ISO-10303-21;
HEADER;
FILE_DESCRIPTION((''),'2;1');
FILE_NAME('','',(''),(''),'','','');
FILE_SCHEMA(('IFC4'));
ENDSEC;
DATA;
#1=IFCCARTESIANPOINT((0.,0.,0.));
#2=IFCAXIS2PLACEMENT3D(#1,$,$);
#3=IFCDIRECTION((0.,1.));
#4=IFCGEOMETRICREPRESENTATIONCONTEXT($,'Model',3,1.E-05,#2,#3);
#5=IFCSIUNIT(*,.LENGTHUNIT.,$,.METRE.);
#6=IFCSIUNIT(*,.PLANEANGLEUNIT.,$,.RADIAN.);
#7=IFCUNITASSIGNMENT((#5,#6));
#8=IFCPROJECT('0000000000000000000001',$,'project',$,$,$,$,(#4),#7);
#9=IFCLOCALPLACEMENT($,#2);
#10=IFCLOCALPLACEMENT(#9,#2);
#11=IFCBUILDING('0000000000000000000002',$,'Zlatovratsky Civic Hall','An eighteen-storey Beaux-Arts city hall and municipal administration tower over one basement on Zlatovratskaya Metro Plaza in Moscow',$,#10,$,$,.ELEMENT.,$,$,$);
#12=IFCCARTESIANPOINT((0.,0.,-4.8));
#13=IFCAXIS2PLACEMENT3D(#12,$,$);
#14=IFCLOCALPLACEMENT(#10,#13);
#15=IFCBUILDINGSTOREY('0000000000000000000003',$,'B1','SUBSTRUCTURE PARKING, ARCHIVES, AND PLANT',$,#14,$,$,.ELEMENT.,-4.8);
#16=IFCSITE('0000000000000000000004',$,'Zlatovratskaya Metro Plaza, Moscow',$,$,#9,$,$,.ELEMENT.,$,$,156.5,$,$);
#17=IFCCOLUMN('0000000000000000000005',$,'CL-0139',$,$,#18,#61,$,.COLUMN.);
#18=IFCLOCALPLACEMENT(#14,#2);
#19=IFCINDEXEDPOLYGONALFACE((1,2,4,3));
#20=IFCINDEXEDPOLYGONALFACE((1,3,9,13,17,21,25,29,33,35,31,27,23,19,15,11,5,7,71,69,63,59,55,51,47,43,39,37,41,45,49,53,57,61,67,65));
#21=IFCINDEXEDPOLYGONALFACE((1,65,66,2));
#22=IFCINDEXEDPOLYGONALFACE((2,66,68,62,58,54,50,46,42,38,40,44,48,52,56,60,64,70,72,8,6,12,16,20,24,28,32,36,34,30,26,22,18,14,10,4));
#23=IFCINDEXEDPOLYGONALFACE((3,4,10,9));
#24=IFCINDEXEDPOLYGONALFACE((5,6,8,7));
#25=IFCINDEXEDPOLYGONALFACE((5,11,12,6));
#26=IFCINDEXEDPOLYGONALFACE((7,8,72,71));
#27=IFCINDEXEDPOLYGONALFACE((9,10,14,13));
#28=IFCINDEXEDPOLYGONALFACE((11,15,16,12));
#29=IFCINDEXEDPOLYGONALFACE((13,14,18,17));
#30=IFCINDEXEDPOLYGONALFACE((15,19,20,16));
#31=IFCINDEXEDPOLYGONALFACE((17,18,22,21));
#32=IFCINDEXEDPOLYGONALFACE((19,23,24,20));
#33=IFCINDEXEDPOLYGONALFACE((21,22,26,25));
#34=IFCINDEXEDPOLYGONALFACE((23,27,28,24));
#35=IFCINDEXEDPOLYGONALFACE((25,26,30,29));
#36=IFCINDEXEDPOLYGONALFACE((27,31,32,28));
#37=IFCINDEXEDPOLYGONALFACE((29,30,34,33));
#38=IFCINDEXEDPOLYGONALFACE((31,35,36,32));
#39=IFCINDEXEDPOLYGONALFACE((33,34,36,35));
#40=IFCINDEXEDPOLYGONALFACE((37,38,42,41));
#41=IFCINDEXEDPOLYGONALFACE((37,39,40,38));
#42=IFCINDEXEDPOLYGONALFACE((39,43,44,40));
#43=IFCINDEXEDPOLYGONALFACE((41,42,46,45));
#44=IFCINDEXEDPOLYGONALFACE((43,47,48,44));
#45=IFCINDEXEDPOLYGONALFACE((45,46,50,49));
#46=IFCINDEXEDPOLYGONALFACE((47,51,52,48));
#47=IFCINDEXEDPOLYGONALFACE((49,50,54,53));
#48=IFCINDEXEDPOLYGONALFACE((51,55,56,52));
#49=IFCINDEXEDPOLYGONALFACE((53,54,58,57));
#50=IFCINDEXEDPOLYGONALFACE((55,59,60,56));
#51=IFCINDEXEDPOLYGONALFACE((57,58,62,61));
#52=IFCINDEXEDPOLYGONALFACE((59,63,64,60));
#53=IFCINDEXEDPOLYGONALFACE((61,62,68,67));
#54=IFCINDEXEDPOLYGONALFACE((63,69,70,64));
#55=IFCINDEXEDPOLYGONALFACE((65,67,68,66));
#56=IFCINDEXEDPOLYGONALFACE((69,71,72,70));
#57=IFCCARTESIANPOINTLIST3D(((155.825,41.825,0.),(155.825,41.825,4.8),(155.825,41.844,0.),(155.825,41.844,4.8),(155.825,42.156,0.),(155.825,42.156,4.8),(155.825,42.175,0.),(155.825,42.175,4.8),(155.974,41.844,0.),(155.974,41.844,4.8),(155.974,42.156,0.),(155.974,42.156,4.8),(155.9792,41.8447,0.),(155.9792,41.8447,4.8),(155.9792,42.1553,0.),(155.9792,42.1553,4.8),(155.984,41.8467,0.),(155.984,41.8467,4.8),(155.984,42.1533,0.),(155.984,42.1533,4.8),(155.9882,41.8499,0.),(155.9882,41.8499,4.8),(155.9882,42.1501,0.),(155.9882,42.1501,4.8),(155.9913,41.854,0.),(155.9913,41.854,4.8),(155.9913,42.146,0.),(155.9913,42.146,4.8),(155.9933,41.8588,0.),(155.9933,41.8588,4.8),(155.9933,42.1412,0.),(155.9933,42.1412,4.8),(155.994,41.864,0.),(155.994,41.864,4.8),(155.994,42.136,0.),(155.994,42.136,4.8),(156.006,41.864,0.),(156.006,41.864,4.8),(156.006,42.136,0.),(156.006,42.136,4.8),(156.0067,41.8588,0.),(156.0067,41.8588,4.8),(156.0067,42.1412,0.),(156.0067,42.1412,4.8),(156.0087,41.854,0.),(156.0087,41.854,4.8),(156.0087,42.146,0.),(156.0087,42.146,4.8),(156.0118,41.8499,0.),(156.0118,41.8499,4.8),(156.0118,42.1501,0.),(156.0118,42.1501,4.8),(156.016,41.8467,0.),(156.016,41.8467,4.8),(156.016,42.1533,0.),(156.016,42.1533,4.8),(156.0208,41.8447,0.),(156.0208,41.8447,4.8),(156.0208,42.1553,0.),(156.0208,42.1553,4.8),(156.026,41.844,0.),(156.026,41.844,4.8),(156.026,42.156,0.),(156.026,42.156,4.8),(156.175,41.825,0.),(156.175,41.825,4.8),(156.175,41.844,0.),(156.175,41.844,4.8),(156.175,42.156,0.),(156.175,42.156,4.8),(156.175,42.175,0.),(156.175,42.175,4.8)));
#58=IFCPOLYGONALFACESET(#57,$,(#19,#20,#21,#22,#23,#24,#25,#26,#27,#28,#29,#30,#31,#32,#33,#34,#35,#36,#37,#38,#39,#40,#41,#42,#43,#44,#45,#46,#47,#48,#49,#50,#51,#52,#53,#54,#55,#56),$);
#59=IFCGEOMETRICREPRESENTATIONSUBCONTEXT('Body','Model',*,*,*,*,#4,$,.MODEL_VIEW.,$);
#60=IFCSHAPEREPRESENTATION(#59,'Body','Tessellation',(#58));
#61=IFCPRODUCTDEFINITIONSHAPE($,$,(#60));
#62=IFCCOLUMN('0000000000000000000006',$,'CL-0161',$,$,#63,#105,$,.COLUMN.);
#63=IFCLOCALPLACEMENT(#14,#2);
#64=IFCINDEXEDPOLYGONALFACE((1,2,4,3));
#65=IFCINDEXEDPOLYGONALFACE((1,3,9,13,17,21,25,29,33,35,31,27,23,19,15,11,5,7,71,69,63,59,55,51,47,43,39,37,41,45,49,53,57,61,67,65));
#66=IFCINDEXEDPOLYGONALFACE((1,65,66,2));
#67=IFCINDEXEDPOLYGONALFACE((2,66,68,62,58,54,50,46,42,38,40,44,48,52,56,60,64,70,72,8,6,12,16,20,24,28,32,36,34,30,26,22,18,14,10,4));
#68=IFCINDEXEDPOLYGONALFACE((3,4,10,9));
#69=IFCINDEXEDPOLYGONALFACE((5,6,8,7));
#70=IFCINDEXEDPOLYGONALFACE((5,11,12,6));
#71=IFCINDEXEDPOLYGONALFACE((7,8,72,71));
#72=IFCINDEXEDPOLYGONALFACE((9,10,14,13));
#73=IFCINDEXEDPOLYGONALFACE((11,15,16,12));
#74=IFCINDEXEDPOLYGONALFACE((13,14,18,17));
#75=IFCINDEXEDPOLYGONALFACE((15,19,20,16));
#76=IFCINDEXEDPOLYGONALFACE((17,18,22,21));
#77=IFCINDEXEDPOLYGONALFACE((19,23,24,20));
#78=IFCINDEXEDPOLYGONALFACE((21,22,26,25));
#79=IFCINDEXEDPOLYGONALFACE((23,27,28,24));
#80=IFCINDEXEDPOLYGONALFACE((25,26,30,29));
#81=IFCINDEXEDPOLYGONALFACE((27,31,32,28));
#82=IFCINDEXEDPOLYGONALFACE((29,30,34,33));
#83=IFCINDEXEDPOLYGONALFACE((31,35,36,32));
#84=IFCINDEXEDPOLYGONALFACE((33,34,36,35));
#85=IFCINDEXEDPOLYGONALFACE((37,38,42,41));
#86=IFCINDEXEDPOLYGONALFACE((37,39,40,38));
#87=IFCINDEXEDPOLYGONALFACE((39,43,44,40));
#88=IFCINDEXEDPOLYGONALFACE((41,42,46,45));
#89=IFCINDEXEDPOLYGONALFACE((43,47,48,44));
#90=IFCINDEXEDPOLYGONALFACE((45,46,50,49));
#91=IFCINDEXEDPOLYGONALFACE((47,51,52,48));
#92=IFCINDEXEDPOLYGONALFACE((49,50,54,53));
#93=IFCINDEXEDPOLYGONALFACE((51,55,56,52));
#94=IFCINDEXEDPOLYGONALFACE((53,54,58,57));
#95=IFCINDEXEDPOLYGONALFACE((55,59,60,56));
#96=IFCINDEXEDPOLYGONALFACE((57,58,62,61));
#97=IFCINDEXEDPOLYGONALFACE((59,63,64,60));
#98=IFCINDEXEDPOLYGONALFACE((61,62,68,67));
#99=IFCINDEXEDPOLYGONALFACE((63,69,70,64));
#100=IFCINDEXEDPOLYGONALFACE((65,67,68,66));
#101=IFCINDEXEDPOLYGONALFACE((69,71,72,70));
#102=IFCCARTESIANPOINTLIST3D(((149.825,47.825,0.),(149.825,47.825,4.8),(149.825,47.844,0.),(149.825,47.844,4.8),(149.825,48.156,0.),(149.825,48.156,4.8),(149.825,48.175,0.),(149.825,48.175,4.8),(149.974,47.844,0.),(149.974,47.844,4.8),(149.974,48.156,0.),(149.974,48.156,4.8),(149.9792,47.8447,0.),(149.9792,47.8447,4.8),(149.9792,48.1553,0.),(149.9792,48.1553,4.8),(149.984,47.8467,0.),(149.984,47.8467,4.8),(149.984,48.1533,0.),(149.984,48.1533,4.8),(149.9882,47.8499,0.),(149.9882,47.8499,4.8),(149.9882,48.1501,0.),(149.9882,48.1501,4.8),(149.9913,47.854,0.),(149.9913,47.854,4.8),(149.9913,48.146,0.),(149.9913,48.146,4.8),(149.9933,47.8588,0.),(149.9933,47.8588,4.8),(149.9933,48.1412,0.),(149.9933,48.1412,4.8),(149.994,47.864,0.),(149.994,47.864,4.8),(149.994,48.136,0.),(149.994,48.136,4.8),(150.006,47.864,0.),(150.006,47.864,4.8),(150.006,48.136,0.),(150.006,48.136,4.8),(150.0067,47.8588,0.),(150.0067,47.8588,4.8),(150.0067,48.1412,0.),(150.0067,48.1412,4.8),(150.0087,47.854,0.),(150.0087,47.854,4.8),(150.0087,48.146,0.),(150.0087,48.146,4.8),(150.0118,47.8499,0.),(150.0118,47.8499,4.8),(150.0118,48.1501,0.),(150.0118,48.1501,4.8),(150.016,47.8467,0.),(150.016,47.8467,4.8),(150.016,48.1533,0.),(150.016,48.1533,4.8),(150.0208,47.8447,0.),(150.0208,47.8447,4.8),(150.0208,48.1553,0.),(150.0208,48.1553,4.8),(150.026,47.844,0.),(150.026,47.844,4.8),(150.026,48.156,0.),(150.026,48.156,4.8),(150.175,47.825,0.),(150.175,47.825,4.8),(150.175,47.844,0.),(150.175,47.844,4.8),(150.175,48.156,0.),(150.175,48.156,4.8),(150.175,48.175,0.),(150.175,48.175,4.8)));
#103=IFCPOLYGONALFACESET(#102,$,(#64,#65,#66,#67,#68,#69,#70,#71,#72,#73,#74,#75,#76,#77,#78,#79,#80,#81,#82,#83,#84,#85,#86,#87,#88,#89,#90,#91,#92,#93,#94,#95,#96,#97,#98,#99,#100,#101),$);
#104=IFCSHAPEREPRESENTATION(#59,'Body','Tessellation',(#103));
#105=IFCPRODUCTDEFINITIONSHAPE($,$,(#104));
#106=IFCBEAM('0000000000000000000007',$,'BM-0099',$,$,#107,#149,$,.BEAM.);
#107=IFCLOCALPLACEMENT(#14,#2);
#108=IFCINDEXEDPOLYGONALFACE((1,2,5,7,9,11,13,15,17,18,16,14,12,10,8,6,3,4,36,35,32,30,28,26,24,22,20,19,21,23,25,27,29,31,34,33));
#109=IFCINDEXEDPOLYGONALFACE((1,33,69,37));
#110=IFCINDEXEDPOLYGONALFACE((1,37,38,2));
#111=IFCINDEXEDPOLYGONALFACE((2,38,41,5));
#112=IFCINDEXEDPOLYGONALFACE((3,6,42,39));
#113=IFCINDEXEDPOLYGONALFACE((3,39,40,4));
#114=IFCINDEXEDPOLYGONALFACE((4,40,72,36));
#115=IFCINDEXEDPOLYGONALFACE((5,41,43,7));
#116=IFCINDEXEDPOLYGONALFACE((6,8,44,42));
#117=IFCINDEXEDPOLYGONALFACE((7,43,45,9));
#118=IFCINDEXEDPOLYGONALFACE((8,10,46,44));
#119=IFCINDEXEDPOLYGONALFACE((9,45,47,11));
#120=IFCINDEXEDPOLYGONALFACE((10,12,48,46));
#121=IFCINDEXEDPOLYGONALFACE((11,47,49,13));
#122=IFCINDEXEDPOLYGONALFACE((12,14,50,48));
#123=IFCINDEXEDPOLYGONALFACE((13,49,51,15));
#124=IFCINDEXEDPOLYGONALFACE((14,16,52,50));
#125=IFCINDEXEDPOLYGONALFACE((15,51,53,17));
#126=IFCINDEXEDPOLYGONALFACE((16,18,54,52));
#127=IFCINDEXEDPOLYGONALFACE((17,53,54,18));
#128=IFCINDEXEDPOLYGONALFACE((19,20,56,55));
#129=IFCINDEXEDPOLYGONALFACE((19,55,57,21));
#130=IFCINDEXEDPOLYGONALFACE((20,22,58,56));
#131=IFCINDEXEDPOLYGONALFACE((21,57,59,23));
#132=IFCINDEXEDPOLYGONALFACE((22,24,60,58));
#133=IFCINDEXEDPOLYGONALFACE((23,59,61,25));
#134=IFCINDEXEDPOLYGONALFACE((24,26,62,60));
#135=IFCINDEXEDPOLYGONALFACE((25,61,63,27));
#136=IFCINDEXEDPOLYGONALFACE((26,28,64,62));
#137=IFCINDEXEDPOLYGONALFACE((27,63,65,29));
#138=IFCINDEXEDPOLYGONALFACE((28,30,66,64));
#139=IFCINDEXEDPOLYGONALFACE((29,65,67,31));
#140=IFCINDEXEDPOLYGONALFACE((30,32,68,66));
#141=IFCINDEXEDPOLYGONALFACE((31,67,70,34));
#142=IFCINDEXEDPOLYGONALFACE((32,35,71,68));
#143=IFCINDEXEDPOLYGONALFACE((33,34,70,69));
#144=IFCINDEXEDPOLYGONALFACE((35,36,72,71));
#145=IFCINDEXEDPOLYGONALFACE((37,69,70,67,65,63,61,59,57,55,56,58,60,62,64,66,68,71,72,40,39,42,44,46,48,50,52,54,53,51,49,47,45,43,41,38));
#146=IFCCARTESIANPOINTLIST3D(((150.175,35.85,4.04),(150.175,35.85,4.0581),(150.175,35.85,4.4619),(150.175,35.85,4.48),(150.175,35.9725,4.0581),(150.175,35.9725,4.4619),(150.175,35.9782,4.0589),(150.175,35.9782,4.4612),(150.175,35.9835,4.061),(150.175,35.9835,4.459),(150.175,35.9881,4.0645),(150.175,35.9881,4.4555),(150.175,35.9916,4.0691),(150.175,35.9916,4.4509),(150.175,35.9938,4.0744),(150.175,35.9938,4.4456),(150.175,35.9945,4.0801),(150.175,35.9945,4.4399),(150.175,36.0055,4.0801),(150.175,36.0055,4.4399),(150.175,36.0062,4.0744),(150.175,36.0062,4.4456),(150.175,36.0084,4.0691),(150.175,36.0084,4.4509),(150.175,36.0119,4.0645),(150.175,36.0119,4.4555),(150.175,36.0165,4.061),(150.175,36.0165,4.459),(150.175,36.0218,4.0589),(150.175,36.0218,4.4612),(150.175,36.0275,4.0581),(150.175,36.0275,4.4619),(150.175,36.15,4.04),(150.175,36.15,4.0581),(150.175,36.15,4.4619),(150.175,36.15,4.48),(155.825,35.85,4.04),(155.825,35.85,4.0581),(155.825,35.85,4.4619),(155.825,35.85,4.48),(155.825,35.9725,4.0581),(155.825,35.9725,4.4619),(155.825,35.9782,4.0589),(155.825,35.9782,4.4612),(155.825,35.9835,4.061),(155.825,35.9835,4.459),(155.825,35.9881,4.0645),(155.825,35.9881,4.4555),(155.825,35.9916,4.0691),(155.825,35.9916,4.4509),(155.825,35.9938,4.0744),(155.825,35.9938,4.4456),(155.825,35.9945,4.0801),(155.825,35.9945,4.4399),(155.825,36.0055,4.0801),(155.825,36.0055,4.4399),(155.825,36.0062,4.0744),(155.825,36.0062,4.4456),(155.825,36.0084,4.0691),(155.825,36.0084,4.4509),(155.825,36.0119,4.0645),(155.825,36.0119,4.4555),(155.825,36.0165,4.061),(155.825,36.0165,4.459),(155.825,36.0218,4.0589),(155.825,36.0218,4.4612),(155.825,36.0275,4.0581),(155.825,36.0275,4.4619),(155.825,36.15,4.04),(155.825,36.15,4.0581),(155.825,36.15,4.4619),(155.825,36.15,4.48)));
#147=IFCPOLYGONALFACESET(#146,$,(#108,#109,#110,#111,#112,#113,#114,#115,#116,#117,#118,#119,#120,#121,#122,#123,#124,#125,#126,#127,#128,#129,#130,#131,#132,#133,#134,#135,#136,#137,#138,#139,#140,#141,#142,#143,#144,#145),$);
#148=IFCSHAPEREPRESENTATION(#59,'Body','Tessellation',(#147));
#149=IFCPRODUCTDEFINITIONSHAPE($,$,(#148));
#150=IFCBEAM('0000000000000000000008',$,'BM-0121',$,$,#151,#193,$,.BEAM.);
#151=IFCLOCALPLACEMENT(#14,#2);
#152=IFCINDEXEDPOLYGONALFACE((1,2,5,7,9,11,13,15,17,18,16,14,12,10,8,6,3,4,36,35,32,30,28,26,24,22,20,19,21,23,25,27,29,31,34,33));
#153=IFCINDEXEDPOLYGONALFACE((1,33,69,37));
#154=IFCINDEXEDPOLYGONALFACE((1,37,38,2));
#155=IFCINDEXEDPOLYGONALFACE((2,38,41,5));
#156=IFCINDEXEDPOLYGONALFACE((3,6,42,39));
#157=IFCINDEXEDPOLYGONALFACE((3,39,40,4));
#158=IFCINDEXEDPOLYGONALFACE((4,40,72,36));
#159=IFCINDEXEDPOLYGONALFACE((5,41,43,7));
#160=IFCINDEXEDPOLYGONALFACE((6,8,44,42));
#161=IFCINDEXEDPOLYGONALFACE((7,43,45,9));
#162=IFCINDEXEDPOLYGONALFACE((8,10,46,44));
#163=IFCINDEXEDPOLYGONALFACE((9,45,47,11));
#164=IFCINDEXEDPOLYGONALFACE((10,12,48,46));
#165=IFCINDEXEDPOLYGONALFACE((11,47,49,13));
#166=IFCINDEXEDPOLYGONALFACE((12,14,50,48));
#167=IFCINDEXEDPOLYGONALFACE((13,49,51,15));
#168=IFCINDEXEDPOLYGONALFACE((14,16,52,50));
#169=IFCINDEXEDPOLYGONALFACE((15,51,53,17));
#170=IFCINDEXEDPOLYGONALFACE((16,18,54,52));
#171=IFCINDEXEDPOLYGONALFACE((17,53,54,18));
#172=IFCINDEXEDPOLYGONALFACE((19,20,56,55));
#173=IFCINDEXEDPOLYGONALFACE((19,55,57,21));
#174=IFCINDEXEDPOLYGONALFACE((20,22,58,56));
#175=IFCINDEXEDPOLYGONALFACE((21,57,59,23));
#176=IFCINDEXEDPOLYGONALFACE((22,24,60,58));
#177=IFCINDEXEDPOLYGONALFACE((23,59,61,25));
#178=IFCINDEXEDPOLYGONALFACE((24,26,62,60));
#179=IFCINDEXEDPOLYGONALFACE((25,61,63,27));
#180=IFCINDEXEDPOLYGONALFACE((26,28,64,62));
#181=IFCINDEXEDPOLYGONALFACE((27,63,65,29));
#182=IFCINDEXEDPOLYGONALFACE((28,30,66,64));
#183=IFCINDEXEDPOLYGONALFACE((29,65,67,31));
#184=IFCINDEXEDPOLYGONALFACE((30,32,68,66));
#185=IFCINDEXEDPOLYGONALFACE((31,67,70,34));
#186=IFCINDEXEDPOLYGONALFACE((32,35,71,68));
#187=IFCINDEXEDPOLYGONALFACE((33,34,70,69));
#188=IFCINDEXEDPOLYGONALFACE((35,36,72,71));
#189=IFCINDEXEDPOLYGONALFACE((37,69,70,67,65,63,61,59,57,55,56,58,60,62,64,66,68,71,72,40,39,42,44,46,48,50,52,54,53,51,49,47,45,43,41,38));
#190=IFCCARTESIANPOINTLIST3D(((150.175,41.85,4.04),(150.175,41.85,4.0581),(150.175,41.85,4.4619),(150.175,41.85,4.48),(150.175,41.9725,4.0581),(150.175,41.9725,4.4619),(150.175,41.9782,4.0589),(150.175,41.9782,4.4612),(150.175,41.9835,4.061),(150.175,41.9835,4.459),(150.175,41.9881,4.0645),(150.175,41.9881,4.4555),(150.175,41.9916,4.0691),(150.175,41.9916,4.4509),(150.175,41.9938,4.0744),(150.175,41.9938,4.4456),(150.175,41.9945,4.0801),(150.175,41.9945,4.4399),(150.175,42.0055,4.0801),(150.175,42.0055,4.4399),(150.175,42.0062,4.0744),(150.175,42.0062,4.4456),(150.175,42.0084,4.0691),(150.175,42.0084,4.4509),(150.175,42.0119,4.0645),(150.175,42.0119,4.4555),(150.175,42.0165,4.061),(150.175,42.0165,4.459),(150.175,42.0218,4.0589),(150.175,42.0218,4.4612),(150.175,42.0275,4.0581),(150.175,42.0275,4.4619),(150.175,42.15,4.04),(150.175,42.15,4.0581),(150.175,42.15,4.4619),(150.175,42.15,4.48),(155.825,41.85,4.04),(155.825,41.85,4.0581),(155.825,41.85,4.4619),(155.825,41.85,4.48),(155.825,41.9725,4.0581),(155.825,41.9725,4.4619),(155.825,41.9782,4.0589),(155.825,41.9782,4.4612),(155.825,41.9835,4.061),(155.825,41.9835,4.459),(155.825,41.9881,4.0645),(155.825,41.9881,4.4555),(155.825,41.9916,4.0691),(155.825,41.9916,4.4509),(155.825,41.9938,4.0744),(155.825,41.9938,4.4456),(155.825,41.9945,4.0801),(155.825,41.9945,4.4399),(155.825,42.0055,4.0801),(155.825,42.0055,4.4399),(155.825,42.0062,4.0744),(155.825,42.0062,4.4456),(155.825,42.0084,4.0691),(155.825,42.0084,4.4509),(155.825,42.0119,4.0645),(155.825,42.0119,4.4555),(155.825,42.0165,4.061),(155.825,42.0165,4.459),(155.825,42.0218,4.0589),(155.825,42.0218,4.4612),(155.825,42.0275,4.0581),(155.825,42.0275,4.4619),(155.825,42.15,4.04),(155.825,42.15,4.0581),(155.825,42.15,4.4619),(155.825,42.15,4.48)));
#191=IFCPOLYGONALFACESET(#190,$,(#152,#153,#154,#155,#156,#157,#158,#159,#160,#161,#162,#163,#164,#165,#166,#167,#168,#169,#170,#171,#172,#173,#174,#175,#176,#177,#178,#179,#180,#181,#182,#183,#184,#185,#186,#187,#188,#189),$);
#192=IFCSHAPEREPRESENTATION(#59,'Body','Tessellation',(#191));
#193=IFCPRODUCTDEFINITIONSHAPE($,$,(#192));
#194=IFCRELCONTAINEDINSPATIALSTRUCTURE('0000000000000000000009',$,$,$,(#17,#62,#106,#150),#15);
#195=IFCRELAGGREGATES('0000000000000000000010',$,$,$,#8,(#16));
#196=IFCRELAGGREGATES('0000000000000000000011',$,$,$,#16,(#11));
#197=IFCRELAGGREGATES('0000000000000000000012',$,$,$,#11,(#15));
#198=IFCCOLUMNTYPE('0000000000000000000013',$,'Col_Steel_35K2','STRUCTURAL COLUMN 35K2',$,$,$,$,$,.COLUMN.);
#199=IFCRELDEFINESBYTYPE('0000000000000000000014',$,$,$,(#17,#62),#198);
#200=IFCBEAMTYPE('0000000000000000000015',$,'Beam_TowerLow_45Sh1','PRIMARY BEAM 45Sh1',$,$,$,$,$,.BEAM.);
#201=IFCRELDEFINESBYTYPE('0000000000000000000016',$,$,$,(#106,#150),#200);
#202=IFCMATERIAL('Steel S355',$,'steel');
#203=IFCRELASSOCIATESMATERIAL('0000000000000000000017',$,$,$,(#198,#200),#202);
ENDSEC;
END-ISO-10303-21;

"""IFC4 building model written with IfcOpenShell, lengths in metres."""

from ifc_helpers import new_model, si_unit, direction, frame, origin, origin_2d, place, context, subcontext, project, spatial, i_section, extrude, material, material_profile, profile_set, type_object, element, save


model = new_model("IFC4")

# Units and contexts
model_context = context("Model", 3, precision=1e-05, world=origin(), true_north=direction((0.0, 1.0)))
body_context = subcontext(model_context, "Body", "Model", "MODEL_VIEW")
ifc_project = project(units=[si_unit("LENGTHUNIT", "METRE"), si_unit("PLANEANGLEUNIT", "RADIAN")], contexts=[model_context])

# Site, building, storey
site_placement = place(None, origin())
site = spatial("IfcSite", under=ifc_project, at=site_placement, Name="Zlatovratskaya Metro Plaza, Moscow", CompositionType="ELEMENT", RefElevation=156.5)
building_placement = place(site_placement, origin())
building = spatial("IfcBuilding", under=site, at=building_placement, Name="Zlatovratsky Civic Hall", Description="An eighteen-storey Beaux-Arts city hall and municipal administration tower over one basement on Zlatovratskaya Metro Plaza in Moscow", CompositionType="ELEMENT")
storey_placement = place(building_placement, frame((0.0, 0.0, -4.8)))
storey = spatial("IfcBuildingStorey", under=building, at=storey_placement, Name="B1", Description="SUBSTRUCTURE PARKING, ARCHIVES, AND PLANT", CompositionType="ELEMENT", Elevation=-4.8)

# Columns
ifc_material_1 = material(Name="Steel S355", Category="steel")
ifc_material_profile_1 = material_profile(ifc_material_1, i_section(OverallWidth=0.3501, OverallDepth=0.3501, WebThickness=0.012, FlangeThickness=0.019, FilletRadius=0.02, at=origin_2d()), Name="35K2")
ifc_profile_set_1 = profile_set([ifc_material_profile_1], Name="Steel S355")
column_type = type_object("IfcColumnType", Name="Col_Steel_35K2", Description="STRUCTURAL COLUMN 35K2", PredefinedType="COLUMN", material=ifc_profile_set_1)
for number, where, z_axis, x_axis, name in (
    (1, (156.0, 42.0, 0.0), (0.0, 0.0, 1.0), (1.0, 0.0, 0.0), "CL-0139"),
    (2, (150.0, 48.0, 0.0), (0.0, 0.0, 1.0), (1.0, 0.0, 0.0), "CL-0161"),
):
    element("IfcColumn", number, at=place(storey_placement, frame(where, z_axis=z_axis, x_axis=x_axis)), inside=storey, type_object=column_type, Name=name, PredefinedType="COLUMN", context=body_context, shape_type="SweptSolid", body=[
        extrude(i_section(OverallWidth=0.3501, OverallDepth=0.3501, WebThickness=0.012, FlangeThickness=0.019, FilletRadius=0.02, at=origin_2d()), origin(), (0.0, 0.0, 1.0), 4.8),
    ])

# Beams
ifc_material_profile_2 = material_profile(ifc_material_1, i_section(OverallWidth=0.3, OverallDepth=0.4399, WebThickness=0.011, FlangeThickness=0.0181, FilletRadius=0.022, at=origin_2d()), Name="45Sh1")
ifc_profile_set_2 = profile_set([ifc_material_profile_2], Name="Steel S355")
beam_type = type_object("IfcBeamType", Name="Beam_TowerLow_45Sh1", Description="PRIMARY BEAM 45Sh1", PredefinedType="BEAM", material=ifc_profile_set_2)
for number, where, z_axis, x_axis, name in (
    (3, (150.175, 36.0, 4.26), (1.0, 0.0, 0.0), (0.0, 1.0, 0.0), "BM-0099"),
    (4, (150.175, 42.0, 4.26), (1.0, 0.0, 0.0), (0.0, 1.0, 0.0), "BM-0121"),
):
    element("IfcBeam", number, at=place(storey_placement, frame(where, z_axis=z_axis, x_axis=x_axis)), inside=storey, type_object=beam_type, Name=name, PredefinedType="BEAM", context=body_context, shape_type="SweptSolid", body=[
        extrude(i_section(OverallWidth=0.3, OverallDepth=0.4399, WebThickness=0.011, FlangeThickness=0.0181, FilletRadius=0.022, at=origin_2d()), origin(), (0.0, 0.0, 1.0), 5.6499),
    ])

save(model, "model.ifc")
